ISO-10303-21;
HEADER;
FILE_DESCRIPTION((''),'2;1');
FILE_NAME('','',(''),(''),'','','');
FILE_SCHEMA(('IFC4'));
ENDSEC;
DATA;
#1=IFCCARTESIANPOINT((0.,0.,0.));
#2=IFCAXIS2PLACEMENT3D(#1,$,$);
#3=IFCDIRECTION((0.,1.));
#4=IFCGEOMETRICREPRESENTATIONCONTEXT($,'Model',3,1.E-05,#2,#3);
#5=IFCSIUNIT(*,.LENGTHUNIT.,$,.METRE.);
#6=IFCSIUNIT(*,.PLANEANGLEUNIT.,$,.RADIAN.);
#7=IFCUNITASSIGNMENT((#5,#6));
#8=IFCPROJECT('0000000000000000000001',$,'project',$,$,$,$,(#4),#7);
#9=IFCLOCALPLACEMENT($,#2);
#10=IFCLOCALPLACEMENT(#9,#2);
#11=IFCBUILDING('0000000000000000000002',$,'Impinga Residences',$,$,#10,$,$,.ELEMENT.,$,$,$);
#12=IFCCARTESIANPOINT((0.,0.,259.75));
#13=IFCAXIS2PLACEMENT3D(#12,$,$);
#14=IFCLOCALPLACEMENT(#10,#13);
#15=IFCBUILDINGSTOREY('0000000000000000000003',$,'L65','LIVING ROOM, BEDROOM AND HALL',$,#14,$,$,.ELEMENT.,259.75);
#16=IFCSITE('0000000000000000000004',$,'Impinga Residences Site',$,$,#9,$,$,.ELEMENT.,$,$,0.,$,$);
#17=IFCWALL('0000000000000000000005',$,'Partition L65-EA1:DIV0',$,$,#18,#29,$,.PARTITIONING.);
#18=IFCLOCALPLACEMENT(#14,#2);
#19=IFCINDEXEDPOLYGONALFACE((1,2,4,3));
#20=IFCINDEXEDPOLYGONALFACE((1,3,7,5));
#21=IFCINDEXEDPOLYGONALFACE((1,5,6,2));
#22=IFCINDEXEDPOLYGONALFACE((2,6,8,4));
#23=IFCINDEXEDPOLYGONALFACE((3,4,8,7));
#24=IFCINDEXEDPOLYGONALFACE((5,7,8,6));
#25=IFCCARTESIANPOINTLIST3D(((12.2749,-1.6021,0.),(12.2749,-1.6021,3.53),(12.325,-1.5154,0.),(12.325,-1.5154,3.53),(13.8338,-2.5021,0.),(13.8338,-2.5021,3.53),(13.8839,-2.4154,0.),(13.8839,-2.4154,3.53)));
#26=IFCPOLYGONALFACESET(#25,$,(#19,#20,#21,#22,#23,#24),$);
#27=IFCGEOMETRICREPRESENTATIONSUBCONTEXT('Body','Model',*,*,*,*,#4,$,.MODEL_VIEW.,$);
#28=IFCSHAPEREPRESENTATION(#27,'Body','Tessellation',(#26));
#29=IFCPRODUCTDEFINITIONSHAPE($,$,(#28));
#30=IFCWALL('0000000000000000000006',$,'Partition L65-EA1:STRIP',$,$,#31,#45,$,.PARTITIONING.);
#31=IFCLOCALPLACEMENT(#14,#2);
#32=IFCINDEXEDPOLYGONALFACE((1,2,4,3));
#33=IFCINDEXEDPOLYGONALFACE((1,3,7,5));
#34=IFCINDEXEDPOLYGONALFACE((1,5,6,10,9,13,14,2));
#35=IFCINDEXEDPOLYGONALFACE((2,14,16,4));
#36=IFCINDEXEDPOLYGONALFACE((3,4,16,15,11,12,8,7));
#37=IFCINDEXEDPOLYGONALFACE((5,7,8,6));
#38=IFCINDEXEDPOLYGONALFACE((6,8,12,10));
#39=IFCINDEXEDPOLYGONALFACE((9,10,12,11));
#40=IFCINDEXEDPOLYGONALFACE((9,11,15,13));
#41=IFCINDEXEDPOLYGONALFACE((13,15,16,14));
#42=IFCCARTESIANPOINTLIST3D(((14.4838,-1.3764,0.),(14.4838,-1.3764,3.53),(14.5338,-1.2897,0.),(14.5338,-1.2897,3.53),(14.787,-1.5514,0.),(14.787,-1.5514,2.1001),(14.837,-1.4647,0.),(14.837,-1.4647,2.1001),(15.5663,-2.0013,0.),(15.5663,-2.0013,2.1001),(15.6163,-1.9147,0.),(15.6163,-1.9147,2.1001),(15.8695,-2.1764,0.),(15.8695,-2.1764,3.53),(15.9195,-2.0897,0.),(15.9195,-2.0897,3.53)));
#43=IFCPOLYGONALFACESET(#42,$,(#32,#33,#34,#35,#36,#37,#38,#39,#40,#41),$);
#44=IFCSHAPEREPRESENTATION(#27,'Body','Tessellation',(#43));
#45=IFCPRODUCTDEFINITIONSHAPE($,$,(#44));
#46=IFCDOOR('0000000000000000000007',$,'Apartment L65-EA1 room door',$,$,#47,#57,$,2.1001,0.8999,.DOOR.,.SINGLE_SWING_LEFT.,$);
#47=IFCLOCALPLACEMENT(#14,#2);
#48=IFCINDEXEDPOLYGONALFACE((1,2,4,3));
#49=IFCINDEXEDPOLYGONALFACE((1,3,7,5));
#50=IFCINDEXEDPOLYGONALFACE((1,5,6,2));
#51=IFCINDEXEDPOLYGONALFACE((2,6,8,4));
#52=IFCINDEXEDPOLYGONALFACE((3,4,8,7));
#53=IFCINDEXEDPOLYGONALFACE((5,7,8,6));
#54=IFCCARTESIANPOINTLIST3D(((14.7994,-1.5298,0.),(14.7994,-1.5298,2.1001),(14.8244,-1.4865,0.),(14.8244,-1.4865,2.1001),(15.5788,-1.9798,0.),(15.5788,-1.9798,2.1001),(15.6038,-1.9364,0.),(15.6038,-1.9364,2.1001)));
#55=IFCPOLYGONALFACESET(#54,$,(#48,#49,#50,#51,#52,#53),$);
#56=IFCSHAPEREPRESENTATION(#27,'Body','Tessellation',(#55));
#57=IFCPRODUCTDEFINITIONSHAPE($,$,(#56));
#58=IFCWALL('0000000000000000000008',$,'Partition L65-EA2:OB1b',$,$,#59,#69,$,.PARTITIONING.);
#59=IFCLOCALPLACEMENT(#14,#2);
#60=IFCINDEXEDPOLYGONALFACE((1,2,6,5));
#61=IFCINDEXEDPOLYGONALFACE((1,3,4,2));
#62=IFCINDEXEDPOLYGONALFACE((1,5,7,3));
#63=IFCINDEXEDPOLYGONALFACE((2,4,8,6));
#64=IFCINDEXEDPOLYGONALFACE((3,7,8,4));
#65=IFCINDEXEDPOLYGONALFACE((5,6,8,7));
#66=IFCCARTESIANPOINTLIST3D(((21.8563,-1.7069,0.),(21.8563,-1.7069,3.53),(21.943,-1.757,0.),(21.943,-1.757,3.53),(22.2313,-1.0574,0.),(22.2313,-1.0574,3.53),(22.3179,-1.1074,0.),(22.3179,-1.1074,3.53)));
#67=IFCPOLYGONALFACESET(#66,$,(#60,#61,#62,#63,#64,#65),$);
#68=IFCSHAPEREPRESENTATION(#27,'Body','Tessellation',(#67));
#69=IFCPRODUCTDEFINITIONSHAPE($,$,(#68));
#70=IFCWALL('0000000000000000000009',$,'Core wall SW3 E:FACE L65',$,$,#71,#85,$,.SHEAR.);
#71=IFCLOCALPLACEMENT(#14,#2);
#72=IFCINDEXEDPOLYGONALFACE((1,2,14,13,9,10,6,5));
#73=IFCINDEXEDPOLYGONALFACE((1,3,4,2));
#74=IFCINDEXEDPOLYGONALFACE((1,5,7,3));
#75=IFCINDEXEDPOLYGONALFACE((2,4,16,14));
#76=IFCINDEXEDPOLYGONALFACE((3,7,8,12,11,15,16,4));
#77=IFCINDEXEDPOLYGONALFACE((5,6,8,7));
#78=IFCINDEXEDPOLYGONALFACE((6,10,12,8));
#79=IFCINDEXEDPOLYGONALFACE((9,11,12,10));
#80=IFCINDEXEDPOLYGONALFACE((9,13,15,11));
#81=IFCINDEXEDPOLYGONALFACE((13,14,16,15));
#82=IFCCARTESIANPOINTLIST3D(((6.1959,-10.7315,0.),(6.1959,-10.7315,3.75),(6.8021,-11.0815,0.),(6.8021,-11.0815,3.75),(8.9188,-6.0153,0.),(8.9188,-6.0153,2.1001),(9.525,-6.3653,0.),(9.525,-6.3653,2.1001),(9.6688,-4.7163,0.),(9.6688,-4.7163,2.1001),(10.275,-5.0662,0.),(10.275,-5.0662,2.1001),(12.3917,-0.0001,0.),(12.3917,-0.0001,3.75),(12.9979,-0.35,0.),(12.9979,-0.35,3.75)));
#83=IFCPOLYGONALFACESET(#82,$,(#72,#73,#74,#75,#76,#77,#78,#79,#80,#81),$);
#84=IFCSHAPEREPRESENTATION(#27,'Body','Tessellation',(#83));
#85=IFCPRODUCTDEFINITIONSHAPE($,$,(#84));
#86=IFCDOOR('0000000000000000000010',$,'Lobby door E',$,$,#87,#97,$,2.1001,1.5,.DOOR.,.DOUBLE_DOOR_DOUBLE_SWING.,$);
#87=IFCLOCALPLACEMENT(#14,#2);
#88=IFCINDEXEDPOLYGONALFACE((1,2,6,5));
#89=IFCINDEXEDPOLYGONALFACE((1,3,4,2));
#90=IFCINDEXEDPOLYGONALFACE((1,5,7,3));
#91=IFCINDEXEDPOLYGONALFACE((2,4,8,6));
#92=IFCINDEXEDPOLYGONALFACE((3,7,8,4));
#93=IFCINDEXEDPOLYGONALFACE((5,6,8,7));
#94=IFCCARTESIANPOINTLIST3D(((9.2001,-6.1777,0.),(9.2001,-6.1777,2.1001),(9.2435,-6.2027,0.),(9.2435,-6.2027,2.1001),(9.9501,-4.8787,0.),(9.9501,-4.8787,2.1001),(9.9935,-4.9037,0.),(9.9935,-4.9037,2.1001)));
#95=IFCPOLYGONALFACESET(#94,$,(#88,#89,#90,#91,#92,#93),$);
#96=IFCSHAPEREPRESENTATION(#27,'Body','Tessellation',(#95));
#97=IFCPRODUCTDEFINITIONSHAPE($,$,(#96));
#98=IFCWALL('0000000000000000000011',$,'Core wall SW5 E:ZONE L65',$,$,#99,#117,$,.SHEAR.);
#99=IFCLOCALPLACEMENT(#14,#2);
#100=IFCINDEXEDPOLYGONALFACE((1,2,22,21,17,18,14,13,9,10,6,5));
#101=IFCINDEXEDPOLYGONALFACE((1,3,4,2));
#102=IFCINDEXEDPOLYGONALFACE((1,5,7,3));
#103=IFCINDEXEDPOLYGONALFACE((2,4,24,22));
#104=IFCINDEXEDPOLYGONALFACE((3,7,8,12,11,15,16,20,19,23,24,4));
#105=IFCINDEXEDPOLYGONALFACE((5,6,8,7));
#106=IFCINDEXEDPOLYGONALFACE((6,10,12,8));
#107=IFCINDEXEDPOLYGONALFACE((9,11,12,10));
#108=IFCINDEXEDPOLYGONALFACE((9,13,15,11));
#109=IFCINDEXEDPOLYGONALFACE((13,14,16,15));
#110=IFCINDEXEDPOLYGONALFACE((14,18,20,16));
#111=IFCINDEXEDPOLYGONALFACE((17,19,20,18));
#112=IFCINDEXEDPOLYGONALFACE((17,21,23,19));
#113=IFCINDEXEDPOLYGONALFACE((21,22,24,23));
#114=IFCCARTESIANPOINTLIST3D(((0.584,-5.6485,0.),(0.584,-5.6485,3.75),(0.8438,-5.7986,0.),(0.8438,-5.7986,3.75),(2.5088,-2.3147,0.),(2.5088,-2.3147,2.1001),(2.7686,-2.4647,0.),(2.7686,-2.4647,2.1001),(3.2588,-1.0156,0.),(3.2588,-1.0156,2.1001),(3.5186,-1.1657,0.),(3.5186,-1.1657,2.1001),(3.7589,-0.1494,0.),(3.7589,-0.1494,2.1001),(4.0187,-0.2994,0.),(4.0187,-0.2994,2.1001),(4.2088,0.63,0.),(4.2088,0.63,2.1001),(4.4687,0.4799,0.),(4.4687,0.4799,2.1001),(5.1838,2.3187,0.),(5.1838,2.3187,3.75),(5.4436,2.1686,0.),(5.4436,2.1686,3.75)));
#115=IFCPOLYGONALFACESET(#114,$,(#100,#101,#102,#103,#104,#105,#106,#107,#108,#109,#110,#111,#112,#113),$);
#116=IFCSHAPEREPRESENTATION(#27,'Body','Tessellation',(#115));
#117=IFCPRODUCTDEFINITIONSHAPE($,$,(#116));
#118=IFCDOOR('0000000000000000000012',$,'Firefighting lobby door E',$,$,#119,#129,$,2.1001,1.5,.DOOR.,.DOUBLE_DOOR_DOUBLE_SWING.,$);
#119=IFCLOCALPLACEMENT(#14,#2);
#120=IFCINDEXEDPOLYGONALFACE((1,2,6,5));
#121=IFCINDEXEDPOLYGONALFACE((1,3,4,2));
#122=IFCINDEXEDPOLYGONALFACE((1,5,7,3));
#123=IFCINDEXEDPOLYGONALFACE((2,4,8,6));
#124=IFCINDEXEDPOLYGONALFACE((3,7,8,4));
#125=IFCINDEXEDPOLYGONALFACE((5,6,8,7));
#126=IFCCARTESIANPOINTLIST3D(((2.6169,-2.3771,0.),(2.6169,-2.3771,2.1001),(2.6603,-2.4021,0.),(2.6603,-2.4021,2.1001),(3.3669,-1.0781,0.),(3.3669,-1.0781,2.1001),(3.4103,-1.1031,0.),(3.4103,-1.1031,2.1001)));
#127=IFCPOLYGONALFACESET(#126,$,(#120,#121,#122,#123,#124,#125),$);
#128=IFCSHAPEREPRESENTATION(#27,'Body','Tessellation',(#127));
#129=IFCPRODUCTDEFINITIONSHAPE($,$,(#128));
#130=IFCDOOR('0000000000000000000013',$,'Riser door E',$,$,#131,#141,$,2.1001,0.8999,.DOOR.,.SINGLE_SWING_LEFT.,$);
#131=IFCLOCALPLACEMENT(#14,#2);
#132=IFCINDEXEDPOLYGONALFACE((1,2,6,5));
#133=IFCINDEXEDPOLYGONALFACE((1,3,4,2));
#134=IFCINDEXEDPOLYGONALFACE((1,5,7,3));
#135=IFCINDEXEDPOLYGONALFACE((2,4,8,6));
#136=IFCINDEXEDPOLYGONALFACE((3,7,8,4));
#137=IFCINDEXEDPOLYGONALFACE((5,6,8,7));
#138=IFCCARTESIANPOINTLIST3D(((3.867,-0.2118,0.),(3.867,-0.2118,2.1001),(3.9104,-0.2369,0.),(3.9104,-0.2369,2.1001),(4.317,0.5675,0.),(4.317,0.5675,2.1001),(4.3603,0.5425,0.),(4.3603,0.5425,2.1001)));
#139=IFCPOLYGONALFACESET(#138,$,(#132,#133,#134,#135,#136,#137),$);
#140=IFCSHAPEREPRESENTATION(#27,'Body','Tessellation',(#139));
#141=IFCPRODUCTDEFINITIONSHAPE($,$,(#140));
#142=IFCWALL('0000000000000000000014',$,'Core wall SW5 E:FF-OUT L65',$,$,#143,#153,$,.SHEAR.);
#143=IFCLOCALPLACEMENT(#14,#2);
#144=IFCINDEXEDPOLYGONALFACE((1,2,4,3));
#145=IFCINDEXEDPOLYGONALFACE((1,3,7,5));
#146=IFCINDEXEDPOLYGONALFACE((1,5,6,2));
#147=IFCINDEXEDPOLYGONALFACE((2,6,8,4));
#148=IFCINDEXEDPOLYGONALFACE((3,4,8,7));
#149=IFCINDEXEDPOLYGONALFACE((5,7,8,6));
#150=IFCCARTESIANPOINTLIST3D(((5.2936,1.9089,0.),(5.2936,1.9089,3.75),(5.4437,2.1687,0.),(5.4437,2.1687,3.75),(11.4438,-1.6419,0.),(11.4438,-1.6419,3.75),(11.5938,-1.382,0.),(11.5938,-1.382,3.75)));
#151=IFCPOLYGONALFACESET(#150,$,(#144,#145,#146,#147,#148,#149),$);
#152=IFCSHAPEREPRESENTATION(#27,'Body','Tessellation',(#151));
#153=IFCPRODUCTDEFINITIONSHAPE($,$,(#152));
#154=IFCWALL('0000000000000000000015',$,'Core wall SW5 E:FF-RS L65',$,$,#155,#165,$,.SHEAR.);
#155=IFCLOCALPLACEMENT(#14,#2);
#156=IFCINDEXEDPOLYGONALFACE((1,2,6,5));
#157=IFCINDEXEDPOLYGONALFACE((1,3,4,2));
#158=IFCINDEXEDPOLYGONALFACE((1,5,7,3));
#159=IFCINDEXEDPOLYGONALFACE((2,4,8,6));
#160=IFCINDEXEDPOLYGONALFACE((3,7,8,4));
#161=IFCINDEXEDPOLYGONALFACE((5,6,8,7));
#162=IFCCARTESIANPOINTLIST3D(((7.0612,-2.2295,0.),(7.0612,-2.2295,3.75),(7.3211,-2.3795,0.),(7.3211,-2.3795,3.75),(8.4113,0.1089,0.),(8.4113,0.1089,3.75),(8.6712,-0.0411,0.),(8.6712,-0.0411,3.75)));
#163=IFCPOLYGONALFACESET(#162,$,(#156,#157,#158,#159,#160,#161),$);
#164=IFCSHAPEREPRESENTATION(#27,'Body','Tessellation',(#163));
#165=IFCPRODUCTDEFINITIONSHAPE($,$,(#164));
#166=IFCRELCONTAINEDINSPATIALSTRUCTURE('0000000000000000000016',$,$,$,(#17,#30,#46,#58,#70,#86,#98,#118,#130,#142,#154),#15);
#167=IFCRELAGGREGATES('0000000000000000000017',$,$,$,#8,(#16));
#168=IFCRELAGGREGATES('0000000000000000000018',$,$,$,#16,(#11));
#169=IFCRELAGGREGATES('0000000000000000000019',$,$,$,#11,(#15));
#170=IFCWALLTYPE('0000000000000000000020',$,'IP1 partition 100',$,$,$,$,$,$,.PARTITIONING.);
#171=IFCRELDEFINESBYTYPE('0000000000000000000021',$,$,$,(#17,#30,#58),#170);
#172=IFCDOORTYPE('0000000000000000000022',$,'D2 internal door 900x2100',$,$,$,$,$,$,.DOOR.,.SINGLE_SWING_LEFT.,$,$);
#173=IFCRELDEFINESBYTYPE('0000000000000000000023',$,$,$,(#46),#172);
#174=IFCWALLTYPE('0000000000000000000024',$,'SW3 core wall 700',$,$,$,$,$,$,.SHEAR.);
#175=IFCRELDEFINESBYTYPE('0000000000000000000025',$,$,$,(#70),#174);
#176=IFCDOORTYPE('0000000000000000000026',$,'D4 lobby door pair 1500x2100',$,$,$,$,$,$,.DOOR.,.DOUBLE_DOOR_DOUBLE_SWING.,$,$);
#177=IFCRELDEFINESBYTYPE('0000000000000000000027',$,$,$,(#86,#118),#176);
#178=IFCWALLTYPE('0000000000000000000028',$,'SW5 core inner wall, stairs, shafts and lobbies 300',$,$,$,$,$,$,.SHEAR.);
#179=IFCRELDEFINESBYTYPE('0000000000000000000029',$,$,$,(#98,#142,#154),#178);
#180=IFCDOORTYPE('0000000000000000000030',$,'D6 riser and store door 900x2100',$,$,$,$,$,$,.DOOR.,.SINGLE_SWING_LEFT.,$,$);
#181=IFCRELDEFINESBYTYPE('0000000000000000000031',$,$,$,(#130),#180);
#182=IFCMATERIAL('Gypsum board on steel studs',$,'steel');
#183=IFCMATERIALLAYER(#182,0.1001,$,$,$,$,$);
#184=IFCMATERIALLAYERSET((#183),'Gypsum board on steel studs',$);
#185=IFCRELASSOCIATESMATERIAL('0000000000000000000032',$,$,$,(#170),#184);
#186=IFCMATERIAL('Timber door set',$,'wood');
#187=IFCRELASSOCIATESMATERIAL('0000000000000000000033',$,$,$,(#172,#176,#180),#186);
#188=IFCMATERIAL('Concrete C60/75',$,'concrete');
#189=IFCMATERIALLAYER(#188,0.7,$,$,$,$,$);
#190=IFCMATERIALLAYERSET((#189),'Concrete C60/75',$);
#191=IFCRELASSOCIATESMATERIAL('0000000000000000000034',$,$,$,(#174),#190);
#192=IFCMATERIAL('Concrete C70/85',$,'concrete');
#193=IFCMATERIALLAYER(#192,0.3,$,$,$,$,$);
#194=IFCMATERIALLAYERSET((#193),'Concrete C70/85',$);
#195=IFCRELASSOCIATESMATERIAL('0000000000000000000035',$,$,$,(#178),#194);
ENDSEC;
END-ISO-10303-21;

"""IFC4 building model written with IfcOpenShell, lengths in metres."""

from ifc_helpers import new_model, si_unit, direction, frame, frame_2d, origin, place, context, subcontext, project, spatial, rectangle, extrude, material, layer, layer_set, type_object, element, fill, save


model = new_model("IFC4")

# Units and contexts
model_context = context("Model", 3, precision=1e-05, world=origin(), true_north=direction((0.0, 1.0)))
body_context = subcontext(model_context, "Body", "Model", "MODEL_VIEW")
ifc_project = project(units=[si_unit("LENGTHUNIT", "METRE"), si_unit("PLANEANGLEUNIT", "RADIAN")], contexts=[model_context])

# Site, building, storey
site_placement = place(None, origin())
site = spatial("IfcSite", under=ifc_project, at=site_placement, Name="Impinga Residences Site", CompositionType="ELEMENT", RefElevation=0.0)
building_placement = place(site_placement, origin())
building = spatial("IfcBuilding", under=site, at=building_placement, Name="Impinga Residences", CompositionType="ELEMENT")
storey_placement = place(building_placement, frame((0.0, 0.0, 259.75)))
storey = spatial("IfcBuildingStorey", under=building, at=storey_placement, Name="L65", Description="LIVING ROOM, BEDROOM AND HALL", CompositionType="ELEMENT", Elevation=259.75)

# Shared definitions
ifc_material_1 = material(Name="Concrete C60/75", Category="concrete")

# Wall
ifc_material_2 = material(Name="Gypsum board on steel studs", Category="steel")
ifc_layer_1 = layer(ifc_material_2, 0.1001)
ifc_layer_set_1 = layer_set([ifc_layer_1], Name="Gypsum board on steel studs")
wall_type_1 = type_object("IfcWallType", Name="IP1 partition 100", PredefinedType="PARTITIONING", material=ifc_layer_set_1)
wall_1_placement = place(storey_placement, frame((12.3, -1.5588, 0.0), z_axis=(0.0, 0.0, 1.0), x_axis=(0.866048, -0.499961, 0.0)))
element("IfcWall", 1, at=wall_1_placement, inside=storey, type_object=wall_type_1, Name="Partition L65-EA1:DIV0", PredefinedType="PARTITIONING", context=body_context, shape_type="SweptSolid", body=[
    extrude(rectangle(XDim=1.8, YDim=0.1001, at=frame_2d((0.8999, 0.0))), origin(), (0.0, 0.0, 1.0), 3.53),
])

# Wall, opening, door
wall_2_placement = place(storey_placement, frame((14.5088, -1.333, 0.0), z_axis=(0.0, 0.0, 1.0), x_axis=(0.866028, -0.499995, 0.0)))
wall_2 = element("IfcWall", 2, at=wall_2_placement, inside=storey, type_object=wall_type_1, Name="Partition L65-EA1:STRIP", PredefinedType="PARTITIONING", context=body_context, shape_type="SweptSolid", body=[
    extrude(rectangle(XDim=1.6001, YDim=0.1001, at=frame_2d((0.8, 0.0))), origin(), (0.0, 0.0, 1.0), 3.53),
])
opening_1_placement = place(wall_2_placement, frame((0.3501, 0.0, 0.0)))
opening_1 = element("IfcOpeningElement", 3, at=opening_1_placement, cuts=wall_2, PredefinedType="OPENING", context=body_context, shape_type="SweptSolid", body=[
    extrude(rectangle(XDim=0.8999, YDim=2.1001, at=frame_2d((0.45, 1.05))), frame((0.0, 0.0601, 0.0), z_axis=(0.0, -1.0, 0.0), x_axis=(1.0, 0.0, 0.0)), (0.0, 0.0, 1.0), 0.1201),
])
ifc_material_3 = material(Name="Timber door set", Category="wood")
door_type_1 = type_object("IfcDoorType", Name="D2 internal door 900x2100", OperationType="SINGLE_SWING_LEFT", PredefinedType="DOOR", material=ifc_material_3)
door_1_placement = place(opening_1_placement, origin())
door_1 = element("IfcDoor", 4, at=door_1_placement, inside=storey, type_object=door_type_1, Name="Apartment L65-EA1 room door", OperationType="SINGLE_SWING_LEFT", OverallHeight=2.1001, OverallWidth=0.8999, PredefinedType="DOOR", context=body_context, shape_type="SweptSolid", body=[
    extrude(rectangle(XDim=0.8999, YDim=2.1001, at=frame_2d((0.45, 1.05))), frame((0.0, 0.0249, 0.0), z_axis=(0.0, -1.0, 0.0), x_axis=(1.0, 0.0, 0.0)), (0.0, 0.0, 1.0), 0.05),
])
fill(opening_1, door_1)

# Wall
wall_3_placement = place(storey_placement, frame((21.8997, -1.7319, 0.0), z_axis=(0.0, 0.0, 1.0), x_axis=(0.49992, 0.866072, 0.0)))
element("IfcWall", 5, at=wall_3_placement, inside=storey, type_object=wall_type_1, Name="Partition L65-EA2:OB1b", PredefinedType="PARTITIONING", context=body_context, shape_type="SweptSolid", body=[
    extrude(rectangle(XDim=0.75, YDim=0.1001, at=frame_2d((0.375, 0.0))), origin(), (0.0, 0.0, 1.0), 3.53),
])

# Wall, opening, door
ifc_layer_2 = layer(ifc_material_1, 0.7)
ifc_layer_set_2 = layer_set([ifc_layer_2], Name="Concrete C60/75")
wall_type_2 = type_object("IfcWallType", Name="SW3 core wall 700", PredefinedType="SHEAR", material=ifc_layer_set_2)
wall_4_placement = place(storey_placement, frame((12.6948, -0.175, 0.0), z_axis=(0.0, 0.0, 1.0), x_axis=(-0.5, -0.866025, 0.0)))
wall_4 = element("IfcWall", 6, at=wall_4_placement, inside=storey, type_object=wall_type_2, Name="Core wall SW3 E:FACE L65", PredefinedType="SHEAR", context=body_context, shape_type="SweptSolid", body=[
    extrude(rectangle(XDim=12.3916, YDim=0.7, at=frame_2d((6.1958, 0.0))), origin(), (0.0, 0.0, 1.0), 3.75),
])
opening_2_placement = place(wall_4_placement, frame((5.4458, 0.0, 0.0)))
opening_2 = element("IfcOpeningElement", 7, at=opening_2_placement, cuts=wall_4, PredefinedType="OPENING", context=body_context, shape_type="SweptSolid", body=[
    extrude(rectangle(XDim=1.5, YDim=2.1001, at=frame_2d((0.75, 1.05))), frame((0.0, 0.3599, 0.0), z_axis=(0.0, -1.0, 0.0), x_axis=(1.0, 0.0, 0.0)), (0.0, 0.0, 1.0), 0.72),
])
door_type_2 = type_object("IfcDoorType", Name="D4 lobby door pair 1500x2100", OperationType="DOUBLE_DOOR_DOUBLE_SWING", PredefinedType="DOOR", material=ifc_material_3)
door_2_placement = place(opening_2_placement, origin())
door_2 = element("IfcDoor", 8, at=door_2_placement, inside=storey, type_object=door_type_2, Name="Lobby door E", OperationType="DOUBLE_DOOR_DOUBLE_SWING", OverallHeight=2.1001, OverallWidth=1.5, PredefinedType="DOOR", context=body_context, shape_type="SweptSolid", body=[
    extrude(rectangle(XDim=1.5, YDim=2.1001, at=frame_2d((0.75, 1.05))), frame((0.0, 0.0249, 0.0), z_axis=(0.0, -1.0, 0.0), x_axis=(1.0, 0.0, 0.0)), (0.0, 0.0, 1.0), 0.05),
])
fill(opening_2, door_2)

# Wall, openings, doors
ifc_material_4 = material(Name="Concrete C70/85", Category="concrete")
ifc_layer_3 = layer(ifc_material_4, 0.3)
ifc_layer_set_3 = layer_set([ifc_layer_3], Name="Concrete C70/85")
wall_type_3 = type_object("IfcWallType", Name="SW5 core inner wall, stairs, shafts and lobbies 300", PredefinedType="SHEAR", material=ifc_layer_set_3)
wall_5_placement = place(storey_placement, frame((5.3137, 2.2437, 0.0), z_axis=(0.0, 0.0, 1.0), x_axis=(-0.499995, -0.866028, 0.0)))
wall_5 = element("IfcWall", 9, at=wall_5_placement, inside=storey, type_object=wall_type_3, Name="Core wall SW5 E:ZONE L65", PredefinedType="SHEAR", context=body_context, shape_type="SweptSolid", body=[
    extrude(rectangle(XDim=9.1997, YDim=0.3, at=frame_2d((4.5999, 0.0))), origin(), (0.0, 0.0, 1.0), 3.75),
])
opening_3_placement = place(wall_5_placement, frame((3.8501, 0.0, 0.0)))
opening_3 = element("IfcOpeningElement", 10, at=opening_3_placement, cuts=wall_5, PredefinedType="OPENING", context=body_context, shape_type="SweptSolid", body=[
    extrude(rectangle(XDim=1.5, YDim=2.1001, at=frame_2d((0.75, 1.05))), frame((0.0, 0.1599, 0.0), z_axis=(0.0, -1.0, 0.0), x_axis=(1.0, 0.0, 0.0)), (0.0, 0.0, 1.0), 0.3201),
])
opening_4_placement = place(wall_5_placement, frame((1.95, 0.0, 0.0)))
opening_4 = element("IfcOpeningElement", 11, at=opening_4_placement, cuts=wall_5, PredefinedType="OPENING", context=body_context, shape_type="SweptSolid", body=[
    extrude(rectangle(XDim=0.8999, YDim=2.1001, at=frame_2d((0.45, 1.05))), frame((0.0, 0.1599, 0.0), z_axis=(0.0, -1.0, 0.0), x_axis=(1.0, 0.0, 0.0)), (0.0, 0.0, 1.0), 0.3201),
])
door_3_placement = place(opening_3_placement, origin())
door_3 = element("IfcDoor", 12, at=door_3_placement, inside=storey, type_object=door_type_2, Name="Firefighting lobby door E", OperationType="DOUBLE_DOOR_DOUBLE_SWING", OverallHeight=2.1001, OverallWidth=1.5, PredefinedType="DOOR", context=body_context, shape_type="SweptSolid", body=[
    extrude(rectangle(XDim=1.5, YDim=2.1001, at=frame_2d((0.75, 1.05))), frame((0.0, 0.0249, 0.0), z_axis=(0.0, -1.0, 0.0), x_axis=(1.0, 0.0, 0.0)), (0.0, 0.0, 1.0), 0.05),
])
fill(opening_3, door_3)
door_type_3 = type_object("IfcDoorType", Name="D6 riser and store door 900x2100", OperationType="SINGLE_SWING_LEFT", PredefinedType="DOOR", material=ifc_material_3)
door_4_placement = place(opening_4_placement, origin())
door_4 = element("IfcDoor", 13, at=door_4_placement, inside=storey, type_object=door_type_3, Name="Riser door E", OperationType="SINGLE_SWING_LEFT", OverallHeight=2.1001, OverallWidth=0.8999, PredefinedType="DOOR", context=body_context, shape_type="SweptSolid", body=[
    extrude(rectangle(XDim=0.8999, YDim=2.1001, at=frame_2d((0.45, 1.05))), frame((0.0, 0.0249, 0.0), z_axis=(0.0, -1.0, 0.0), x_axis=(1.0, 0.0, 0.0)), (0.0, 0.0, 1.0), 0.05),
])
fill(opening_4, door_4)

# Walls
wall_6_placement = place(storey_placement, frame((5.3687, 2.0388, 0.0), z_axis=(0.0, 0.0, 1.0), x_axis=(0.866026, -0.499999, 0.0)))
element("IfcWall", 14, at=wall_6_placement, inside=storey, type_object=wall_type_3, Name="Core wall SW5 E:FF-OUT L65", PredefinedType="SHEAR", context=body_context, shape_type="SweptSolid", body=[
    extrude(rectangle(XDim=7.1016, YDim=0.3, at=frame_2d((3.5508, 0.0))), origin(), (0.0, 0.0, 1.0), 3.75),
])
wall_7_placement = place(storey_placement, frame((8.5413, 0.0339, 0.0), z_axis=(0.0, 0.0, 1.0), x_axis=(-0.500009, -0.86602, 0.0)))
element("IfcWall", 15, at=wall_7_placement, inside=storey, type_object=wall_type_3, Name="Core wall SW5 E:FF-RS L65", PredefinedType="SHEAR", context=body_context, shape_type="SweptSolid", body=[
    extrude(rectangle(XDim=2.7002, YDim=0.3, at=frame_2d((1.3501, 0.0))), origin(), (0.0, 0.0, 1.0), 3.75),
])

save(model, "model.ifc")
